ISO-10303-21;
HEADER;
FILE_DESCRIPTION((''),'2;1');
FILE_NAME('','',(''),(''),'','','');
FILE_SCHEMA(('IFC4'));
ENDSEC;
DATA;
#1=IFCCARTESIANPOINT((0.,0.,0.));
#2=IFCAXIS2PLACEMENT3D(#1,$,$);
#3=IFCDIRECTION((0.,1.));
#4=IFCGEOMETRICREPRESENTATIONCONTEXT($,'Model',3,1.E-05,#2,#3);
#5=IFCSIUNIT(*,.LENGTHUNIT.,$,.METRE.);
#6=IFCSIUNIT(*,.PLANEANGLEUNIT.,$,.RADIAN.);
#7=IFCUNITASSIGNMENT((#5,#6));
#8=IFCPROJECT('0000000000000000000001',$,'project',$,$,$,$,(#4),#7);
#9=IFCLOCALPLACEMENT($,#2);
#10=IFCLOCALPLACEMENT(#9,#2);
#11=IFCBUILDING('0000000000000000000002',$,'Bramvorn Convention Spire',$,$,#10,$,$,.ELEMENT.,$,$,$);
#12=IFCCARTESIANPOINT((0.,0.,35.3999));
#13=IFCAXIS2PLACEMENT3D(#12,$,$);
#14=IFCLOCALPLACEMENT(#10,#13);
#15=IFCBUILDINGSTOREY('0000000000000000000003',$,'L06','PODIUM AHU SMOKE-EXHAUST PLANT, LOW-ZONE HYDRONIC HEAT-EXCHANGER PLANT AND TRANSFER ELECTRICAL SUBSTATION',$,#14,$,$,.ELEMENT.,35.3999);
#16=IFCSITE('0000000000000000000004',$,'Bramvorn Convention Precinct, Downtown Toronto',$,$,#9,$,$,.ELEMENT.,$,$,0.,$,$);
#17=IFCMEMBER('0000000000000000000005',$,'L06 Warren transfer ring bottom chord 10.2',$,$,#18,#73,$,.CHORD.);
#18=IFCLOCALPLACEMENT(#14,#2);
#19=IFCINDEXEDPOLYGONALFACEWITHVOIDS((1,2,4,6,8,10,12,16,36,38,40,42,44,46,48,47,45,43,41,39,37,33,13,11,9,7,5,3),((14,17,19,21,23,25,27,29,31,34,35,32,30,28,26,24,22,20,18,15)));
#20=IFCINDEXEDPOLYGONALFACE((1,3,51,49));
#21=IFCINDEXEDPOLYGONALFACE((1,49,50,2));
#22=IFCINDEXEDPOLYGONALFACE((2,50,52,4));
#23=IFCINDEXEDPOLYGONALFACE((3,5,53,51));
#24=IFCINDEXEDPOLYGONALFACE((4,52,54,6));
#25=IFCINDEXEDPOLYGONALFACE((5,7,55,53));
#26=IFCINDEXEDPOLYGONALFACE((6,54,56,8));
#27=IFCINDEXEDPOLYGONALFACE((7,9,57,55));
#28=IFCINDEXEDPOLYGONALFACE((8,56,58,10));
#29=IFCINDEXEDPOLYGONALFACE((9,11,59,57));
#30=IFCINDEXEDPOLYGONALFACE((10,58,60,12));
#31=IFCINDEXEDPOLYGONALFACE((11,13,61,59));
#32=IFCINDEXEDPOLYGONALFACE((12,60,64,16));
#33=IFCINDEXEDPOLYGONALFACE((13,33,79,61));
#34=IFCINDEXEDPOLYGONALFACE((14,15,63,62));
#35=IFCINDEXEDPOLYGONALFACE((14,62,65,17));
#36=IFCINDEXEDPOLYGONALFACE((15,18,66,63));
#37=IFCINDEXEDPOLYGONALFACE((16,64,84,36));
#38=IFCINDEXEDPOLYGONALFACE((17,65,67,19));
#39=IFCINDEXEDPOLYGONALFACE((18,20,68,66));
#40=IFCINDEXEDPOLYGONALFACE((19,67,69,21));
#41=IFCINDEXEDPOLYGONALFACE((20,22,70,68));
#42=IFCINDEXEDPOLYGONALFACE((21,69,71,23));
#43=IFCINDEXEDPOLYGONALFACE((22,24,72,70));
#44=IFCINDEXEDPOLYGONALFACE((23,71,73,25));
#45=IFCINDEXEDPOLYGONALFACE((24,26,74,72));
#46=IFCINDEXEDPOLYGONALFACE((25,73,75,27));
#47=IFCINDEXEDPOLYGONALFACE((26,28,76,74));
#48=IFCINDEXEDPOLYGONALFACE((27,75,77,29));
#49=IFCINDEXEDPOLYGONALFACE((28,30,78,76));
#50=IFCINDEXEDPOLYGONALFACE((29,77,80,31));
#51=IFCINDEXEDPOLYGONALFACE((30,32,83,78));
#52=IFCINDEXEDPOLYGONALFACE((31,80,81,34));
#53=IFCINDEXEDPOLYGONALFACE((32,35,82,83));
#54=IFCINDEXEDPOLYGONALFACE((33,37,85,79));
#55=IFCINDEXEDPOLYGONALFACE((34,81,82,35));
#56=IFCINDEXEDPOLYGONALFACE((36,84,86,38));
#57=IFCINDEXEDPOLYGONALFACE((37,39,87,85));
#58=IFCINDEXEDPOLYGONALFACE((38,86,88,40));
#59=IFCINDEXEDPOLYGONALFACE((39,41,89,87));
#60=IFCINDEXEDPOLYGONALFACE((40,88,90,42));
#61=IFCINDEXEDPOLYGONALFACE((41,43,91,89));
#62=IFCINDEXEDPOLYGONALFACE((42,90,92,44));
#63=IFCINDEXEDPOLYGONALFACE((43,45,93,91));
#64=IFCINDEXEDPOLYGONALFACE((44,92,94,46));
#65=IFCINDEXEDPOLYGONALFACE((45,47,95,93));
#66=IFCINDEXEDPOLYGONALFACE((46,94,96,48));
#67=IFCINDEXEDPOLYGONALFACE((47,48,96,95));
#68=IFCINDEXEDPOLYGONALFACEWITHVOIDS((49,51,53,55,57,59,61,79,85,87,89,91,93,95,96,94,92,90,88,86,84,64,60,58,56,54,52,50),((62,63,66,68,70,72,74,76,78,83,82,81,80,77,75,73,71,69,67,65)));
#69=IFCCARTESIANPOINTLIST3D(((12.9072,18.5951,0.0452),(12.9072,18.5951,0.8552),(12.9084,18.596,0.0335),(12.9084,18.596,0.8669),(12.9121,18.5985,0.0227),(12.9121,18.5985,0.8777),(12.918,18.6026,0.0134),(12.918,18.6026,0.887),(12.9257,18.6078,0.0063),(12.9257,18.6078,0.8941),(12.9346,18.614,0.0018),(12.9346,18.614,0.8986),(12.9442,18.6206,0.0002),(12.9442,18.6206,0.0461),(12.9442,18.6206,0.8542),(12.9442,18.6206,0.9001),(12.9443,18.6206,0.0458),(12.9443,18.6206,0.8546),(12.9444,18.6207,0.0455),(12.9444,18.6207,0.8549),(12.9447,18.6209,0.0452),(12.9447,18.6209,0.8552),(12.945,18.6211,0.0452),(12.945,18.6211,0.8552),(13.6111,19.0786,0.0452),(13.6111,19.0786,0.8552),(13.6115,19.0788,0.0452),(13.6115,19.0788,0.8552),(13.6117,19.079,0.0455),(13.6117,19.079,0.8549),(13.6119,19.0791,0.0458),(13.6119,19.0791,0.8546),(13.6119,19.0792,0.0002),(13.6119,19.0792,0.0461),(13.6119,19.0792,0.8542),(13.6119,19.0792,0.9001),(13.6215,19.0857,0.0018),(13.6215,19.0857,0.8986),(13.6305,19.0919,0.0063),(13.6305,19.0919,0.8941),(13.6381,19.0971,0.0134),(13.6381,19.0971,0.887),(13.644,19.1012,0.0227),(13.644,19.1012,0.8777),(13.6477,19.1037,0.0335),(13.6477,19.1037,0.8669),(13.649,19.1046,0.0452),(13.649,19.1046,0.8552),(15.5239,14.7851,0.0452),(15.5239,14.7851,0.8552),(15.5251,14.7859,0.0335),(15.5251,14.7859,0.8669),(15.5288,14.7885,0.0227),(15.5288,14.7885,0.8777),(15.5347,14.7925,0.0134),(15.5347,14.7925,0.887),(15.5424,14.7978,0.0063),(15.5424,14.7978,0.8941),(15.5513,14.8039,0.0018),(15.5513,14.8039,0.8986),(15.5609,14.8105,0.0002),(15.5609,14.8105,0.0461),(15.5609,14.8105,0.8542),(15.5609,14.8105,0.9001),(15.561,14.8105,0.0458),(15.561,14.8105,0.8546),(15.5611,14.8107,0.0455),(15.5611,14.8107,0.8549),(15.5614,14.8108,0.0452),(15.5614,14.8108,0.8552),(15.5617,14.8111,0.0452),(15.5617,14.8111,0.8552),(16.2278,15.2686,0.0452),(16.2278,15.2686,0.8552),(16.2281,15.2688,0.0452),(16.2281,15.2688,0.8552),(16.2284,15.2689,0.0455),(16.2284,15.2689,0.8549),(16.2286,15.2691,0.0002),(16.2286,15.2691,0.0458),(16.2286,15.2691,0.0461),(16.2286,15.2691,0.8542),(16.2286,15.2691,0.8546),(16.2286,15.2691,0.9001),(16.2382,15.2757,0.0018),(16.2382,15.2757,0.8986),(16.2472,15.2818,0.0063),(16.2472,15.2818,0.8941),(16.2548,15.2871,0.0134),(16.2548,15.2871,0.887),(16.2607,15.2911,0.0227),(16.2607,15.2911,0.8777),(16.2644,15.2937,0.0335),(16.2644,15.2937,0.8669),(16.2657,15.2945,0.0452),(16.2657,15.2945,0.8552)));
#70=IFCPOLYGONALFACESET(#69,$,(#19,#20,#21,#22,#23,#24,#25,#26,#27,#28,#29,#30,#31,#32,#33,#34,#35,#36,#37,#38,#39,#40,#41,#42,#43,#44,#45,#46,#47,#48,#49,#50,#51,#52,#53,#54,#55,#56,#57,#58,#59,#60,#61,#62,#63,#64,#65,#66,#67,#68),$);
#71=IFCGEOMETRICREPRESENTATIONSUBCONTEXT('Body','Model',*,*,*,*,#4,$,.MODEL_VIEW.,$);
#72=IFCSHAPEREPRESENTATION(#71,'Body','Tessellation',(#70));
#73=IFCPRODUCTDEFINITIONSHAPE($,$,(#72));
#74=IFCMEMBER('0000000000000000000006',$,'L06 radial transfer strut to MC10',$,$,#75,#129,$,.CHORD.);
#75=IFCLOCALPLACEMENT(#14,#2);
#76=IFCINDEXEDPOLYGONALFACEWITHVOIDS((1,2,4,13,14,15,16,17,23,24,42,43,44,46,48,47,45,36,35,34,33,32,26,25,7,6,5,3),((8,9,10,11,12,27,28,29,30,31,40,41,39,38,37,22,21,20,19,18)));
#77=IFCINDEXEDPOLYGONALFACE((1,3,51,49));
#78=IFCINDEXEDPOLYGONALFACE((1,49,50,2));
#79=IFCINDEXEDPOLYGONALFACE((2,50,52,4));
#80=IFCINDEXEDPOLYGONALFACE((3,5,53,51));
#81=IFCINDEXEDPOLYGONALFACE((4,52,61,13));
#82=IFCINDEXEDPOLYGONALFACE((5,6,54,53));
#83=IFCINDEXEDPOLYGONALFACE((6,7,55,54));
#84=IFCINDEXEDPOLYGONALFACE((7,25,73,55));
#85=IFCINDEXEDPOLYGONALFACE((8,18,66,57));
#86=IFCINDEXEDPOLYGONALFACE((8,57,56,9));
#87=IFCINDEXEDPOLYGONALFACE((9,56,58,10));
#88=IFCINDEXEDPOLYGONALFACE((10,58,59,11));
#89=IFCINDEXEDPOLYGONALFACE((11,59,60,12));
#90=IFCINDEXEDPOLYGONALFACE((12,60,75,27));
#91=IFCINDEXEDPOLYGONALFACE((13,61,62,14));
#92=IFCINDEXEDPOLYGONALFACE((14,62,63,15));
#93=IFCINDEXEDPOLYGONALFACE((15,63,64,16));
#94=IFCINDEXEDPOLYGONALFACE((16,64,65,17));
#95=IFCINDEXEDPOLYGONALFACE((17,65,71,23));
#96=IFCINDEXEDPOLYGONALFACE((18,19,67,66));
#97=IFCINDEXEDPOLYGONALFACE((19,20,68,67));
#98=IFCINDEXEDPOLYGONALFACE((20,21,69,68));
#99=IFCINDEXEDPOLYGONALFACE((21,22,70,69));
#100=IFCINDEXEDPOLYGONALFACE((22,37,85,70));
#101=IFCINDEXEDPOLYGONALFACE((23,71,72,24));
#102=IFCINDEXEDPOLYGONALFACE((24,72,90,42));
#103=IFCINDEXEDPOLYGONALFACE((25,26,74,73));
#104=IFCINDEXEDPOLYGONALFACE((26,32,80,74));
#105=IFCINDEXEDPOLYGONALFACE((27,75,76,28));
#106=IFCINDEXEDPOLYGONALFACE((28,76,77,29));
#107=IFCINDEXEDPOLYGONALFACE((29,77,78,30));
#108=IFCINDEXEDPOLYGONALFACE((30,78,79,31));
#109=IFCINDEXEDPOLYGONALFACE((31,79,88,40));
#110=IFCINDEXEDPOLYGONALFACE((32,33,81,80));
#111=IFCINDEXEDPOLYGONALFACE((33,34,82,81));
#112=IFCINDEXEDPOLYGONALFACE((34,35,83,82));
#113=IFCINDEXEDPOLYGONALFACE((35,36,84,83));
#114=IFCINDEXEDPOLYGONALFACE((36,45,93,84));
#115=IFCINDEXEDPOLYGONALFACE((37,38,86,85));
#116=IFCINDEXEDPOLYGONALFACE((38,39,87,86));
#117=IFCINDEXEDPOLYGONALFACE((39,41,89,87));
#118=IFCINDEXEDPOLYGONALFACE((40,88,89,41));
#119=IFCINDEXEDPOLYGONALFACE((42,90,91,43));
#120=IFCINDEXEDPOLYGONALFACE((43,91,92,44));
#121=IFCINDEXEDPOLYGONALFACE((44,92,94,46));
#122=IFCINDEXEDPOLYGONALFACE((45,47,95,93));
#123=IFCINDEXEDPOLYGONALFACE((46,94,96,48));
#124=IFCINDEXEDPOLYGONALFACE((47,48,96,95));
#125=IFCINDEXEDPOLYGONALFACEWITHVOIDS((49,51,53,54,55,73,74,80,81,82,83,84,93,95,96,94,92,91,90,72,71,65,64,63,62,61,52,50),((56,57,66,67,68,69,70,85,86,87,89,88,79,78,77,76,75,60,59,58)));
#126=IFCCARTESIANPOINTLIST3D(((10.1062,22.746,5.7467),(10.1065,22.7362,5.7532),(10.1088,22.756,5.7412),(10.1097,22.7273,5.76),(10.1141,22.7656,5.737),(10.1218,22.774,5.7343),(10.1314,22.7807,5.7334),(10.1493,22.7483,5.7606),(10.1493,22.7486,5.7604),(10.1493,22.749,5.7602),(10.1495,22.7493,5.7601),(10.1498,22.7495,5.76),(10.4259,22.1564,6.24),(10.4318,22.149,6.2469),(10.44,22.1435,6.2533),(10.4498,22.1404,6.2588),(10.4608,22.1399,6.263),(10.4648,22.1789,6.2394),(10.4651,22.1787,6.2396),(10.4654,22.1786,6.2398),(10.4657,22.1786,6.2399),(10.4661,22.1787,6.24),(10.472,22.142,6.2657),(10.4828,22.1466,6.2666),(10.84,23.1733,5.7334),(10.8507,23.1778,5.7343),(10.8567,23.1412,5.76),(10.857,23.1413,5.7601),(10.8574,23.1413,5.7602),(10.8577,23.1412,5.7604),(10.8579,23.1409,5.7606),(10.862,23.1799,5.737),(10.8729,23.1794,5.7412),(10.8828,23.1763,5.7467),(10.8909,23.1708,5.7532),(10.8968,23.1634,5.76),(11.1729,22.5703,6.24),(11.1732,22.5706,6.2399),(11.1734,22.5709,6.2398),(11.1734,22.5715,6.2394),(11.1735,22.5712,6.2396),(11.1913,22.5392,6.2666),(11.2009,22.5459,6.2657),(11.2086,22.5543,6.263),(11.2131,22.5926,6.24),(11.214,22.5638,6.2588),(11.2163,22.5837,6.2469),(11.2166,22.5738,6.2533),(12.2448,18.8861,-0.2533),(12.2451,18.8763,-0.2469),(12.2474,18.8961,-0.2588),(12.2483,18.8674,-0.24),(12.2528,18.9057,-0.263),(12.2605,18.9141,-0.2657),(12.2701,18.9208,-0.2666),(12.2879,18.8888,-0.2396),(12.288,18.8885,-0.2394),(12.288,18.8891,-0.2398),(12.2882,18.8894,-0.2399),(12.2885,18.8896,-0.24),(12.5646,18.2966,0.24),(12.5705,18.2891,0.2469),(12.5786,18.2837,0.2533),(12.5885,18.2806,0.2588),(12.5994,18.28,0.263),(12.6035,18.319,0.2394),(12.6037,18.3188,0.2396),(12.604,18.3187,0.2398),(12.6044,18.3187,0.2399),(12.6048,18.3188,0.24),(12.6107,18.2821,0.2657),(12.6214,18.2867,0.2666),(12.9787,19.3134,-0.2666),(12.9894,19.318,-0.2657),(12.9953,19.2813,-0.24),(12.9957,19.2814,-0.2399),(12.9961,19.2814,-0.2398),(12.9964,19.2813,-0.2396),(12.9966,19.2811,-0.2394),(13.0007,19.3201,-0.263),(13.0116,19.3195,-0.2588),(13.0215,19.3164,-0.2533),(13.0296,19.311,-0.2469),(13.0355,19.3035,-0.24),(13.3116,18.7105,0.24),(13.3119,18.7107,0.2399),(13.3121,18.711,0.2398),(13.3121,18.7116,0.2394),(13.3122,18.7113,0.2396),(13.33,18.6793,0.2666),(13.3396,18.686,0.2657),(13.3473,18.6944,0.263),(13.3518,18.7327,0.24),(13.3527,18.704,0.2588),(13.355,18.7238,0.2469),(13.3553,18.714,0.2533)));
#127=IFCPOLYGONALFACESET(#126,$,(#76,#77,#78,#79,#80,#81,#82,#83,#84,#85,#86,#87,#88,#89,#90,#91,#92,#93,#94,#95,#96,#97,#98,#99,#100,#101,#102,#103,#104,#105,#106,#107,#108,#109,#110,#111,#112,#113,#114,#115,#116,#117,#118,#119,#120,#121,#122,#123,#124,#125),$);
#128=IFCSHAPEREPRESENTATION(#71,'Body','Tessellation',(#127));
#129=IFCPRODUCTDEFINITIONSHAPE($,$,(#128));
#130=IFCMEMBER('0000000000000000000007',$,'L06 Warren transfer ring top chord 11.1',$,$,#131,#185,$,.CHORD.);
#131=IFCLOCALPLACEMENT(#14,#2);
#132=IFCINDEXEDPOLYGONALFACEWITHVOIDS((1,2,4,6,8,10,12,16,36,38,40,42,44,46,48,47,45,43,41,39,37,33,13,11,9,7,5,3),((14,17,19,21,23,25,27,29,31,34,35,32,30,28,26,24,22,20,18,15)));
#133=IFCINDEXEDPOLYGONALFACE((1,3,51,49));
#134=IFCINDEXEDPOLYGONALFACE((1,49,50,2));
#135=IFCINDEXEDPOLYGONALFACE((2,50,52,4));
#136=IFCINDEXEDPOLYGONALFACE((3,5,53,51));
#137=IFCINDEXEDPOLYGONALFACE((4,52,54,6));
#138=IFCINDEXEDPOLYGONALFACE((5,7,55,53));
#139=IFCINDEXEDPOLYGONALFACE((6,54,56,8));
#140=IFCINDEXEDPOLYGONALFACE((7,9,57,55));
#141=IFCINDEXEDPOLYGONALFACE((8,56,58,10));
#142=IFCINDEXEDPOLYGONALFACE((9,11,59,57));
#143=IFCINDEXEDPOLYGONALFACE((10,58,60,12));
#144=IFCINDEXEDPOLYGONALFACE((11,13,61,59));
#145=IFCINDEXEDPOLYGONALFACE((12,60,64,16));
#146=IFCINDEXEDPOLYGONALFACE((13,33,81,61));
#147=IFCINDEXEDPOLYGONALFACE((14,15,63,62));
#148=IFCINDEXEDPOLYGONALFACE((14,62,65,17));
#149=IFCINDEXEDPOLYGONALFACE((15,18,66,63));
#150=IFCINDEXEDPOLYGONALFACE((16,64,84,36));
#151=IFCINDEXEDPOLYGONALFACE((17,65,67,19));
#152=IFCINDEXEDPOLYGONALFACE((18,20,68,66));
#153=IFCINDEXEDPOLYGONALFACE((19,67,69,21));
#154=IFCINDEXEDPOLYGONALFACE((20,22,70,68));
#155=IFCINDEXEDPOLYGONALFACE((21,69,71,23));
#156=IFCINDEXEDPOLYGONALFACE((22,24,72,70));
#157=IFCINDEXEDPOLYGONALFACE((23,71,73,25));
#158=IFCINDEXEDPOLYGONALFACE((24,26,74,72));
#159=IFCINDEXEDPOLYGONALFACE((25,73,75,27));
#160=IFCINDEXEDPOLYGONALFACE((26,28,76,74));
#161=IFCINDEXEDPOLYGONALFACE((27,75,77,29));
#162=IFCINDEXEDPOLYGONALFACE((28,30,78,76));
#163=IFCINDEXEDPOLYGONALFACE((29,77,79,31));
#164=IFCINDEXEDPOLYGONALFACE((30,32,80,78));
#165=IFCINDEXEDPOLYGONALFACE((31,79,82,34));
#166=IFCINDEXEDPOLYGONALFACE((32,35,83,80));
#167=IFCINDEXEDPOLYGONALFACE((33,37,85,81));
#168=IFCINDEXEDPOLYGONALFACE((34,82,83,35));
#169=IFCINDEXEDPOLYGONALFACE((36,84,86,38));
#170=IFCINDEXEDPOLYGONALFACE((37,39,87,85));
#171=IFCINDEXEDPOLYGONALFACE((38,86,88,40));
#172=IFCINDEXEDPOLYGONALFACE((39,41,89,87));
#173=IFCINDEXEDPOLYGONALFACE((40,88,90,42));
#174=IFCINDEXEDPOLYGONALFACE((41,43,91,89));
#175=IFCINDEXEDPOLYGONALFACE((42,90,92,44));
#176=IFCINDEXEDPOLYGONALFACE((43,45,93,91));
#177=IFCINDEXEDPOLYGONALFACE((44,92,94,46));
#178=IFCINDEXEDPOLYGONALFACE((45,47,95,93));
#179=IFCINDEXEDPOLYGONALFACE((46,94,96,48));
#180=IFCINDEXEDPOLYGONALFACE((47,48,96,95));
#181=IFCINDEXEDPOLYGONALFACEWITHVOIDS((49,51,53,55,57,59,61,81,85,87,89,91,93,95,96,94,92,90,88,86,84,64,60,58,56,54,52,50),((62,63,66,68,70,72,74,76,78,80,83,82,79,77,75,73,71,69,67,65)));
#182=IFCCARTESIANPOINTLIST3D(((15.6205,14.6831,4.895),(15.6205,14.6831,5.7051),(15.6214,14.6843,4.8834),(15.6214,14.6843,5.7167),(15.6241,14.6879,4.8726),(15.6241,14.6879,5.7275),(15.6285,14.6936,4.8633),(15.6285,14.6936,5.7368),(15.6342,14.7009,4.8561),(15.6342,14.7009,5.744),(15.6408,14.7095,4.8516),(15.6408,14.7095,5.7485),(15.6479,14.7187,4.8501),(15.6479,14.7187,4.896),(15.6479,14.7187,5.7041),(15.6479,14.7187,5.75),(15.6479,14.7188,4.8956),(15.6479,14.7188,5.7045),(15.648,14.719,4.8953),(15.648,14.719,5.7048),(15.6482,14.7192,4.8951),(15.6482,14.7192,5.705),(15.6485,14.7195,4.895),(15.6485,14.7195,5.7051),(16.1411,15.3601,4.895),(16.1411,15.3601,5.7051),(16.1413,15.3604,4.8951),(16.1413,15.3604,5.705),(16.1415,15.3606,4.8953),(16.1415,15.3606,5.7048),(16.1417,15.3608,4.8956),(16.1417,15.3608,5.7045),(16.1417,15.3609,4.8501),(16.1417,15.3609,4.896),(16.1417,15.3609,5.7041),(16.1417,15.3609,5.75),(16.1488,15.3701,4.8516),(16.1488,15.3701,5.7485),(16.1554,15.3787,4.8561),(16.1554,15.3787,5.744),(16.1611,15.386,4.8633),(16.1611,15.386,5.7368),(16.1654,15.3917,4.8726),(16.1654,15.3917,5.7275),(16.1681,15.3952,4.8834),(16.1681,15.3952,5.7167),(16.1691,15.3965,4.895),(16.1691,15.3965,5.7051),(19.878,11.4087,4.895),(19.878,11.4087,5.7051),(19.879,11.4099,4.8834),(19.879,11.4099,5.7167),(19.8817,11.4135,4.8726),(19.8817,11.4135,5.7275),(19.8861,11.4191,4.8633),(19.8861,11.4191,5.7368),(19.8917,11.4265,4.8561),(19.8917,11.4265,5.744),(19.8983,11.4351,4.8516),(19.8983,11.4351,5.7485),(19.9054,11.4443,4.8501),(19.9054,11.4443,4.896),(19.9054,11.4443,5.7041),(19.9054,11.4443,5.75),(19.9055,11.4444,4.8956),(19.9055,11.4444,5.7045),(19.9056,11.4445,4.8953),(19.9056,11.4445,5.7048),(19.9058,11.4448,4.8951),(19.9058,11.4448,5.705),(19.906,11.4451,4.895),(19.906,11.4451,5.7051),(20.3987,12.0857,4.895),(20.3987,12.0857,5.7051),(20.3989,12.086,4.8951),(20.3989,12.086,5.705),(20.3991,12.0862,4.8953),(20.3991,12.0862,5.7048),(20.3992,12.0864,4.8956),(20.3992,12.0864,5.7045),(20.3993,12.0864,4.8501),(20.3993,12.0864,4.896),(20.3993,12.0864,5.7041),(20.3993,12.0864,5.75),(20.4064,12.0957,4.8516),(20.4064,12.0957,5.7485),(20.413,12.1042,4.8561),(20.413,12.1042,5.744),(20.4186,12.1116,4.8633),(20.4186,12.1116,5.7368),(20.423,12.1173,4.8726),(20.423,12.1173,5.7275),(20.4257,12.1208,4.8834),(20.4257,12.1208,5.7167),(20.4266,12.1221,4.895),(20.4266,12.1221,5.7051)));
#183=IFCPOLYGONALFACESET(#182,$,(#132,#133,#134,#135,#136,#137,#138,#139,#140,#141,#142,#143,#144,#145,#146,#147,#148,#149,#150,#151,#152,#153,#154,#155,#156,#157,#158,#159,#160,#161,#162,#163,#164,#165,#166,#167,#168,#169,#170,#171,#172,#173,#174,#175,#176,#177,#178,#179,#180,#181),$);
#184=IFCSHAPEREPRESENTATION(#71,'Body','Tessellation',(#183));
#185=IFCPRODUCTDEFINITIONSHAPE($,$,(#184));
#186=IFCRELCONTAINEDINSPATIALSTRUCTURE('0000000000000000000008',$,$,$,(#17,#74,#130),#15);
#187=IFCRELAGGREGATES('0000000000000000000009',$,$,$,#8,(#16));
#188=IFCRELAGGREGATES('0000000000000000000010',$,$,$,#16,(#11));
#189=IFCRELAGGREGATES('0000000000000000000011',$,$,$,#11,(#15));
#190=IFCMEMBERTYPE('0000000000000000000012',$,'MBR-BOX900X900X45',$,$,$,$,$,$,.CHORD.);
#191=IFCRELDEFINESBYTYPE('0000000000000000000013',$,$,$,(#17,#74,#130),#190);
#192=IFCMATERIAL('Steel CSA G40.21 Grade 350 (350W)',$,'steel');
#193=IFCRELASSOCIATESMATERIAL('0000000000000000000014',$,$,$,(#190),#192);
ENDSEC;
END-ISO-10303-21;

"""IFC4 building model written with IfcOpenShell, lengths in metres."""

from ifc_helpers import new_model, si_unit, direction, frame, origin, origin_2d, place, context, subcontext, project, spatial, hollow_rectangle, extrude, material, material_profile, profile_set, type_object, element, save


model = new_model("IFC4")

# Units and contexts
model_context = context("Model", 3, precision=1e-05, world=origin(), true_north=direction((0.0, 1.0)))
body_context = subcontext(model_context, "Body", "Model", "MODEL_VIEW")
ifc_project = project(units=[si_unit("LENGTHUNIT", "METRE"), si_unit("PLANEANGLEUNIT", "RADIAN")], contexts=[model_context])

# Site, building, storey
site_placement = place(None, origin())
site = spatial("IfcSite", under=ifc_project, at=site_placement, Name="Bramvorn Convention Precinct, Downtown Toronto", CompositionType="ELEMENT", RefElevation=0.0)
building_placement = place(site_placement, origin())
building = spatial("IfcBuilding", under=site, at=building_placement, Name="Bramvorn Convention Spire", CompositionType="ELEMENT")
storey_placement = place(building_placement, frame((0.0, 0.0, 35.3999)))
storey = spatial("IfcBuildingStorey", under=building, at=storey_placement, Name="L06", Description="PODIUM AHU SMOKE-EXHAUST PLANT, LOW-ZONE HYDRONIC HEAT-EXCHANGER PLANT AND TRANSFER ELECTRICAL SUBSTATION", CompositionType="ELEMENT", Elevation=35.3999)

# Shared definitions
ifc_material_1 = material(Name="Steel CSA G40.21 Grade 350 (350W)", Category="steel")

# Members
ifc_material_profile_1 = material_profile(ifc_material_1, hollow_rectangle(XDim=0.8999, YDim=0.8999, WallThickness=0.0449, InnerFilletRadius=0.001, OuterFilletRadius=0.0449, at=origin_2d()))
ifc_profile_set_1 = profile_set([ifc_material_profile_1], Name="Steel CSA G40.21 Grade 350 (350W) - BOX900X900X45")
member_type_1 = type_object("IfcMemberType", Name="MBR-BOX900X900X45", PredefinedType="CHORD", material=ifc_profile_set_1)
for number, where, z_axis, x_axis, name in (
    (1, (13.2781, 18.8499, 0.4502), (0.56613, -0.824316, 0.0), (0.824316, 0.56613, 0.0), "L06 Warren transfer ring bottom chord 10.2"),
):
    element("IfcMember", number, at=place(storey_placement, frame(where, z_axis=z_axis, x_axis=x_axis)), inside=storey, type_object=member_type_1, Name=name, PredefinedType="CHORD", context=body_context, shape_type="SweptSolid", body=[
        extrude(hollow_rectangle(XDim=0.8999, YDim=0.8999, WallThickness=0.0449, InnerFilletRadius=0.001, OuterFilletRadius=0.0449, at=origin_2d()), origin(), (0.0, 0.0, 1.0), 4.6221),
    ])
member_1_placement = place(storey_placement, frame((12.8, 18.8, 0.0), z_axis=(-0.287148, 0.518243, 0.805587), x_axis=(-0.874705, -0.484656, 0.0)))
element("IfcMember", 2, at=member_1_placement, inside=storey, type_object=member_type_1, Name="L06 radial transfer strut to MC10", PredefinedType="CHORD", context=body_context, shape_type="SweptSolid", body=[
    extrude(hollow_rectangle(XDim=0.8999, YDim=0.8999, WallThickness=0.0449, InnerFilletRadius=0.001, OuterFilletRadius=0.0449, at=origin_2d()), origin(), (0.0, 0.0, 1.0), 7.448),
])
for number, where, z_axis, x_axis, name in (
    (3, (15.8948, 15.0398, 5.3), (0.792681, -0.609636, 0.0), (0.609636, 0.792681, 0.0), "L06 Warren transfer ring top chord 11.1"),
):
    element("IfcMember", number, at=place(storey_placement, frame(where, z_axis=z_axis, x_axis=x_axis)), inside=storey, type_object=member_type_1, Name=name, PredefinedType="CHORD", context=body_context, shape_type="SweptSolid", body=[
        extrude(hollow_rectangle(XDim=0.8999, YDim=0.8999, WallThickness=0.0449, InnerFilletRadius=0.001, OuterFilletRadius=0.0449, at=origin_2d()), origin(), (0.0, 0.0, 1.0), 5.3711),
    ])

save(model, "model.ifc")
